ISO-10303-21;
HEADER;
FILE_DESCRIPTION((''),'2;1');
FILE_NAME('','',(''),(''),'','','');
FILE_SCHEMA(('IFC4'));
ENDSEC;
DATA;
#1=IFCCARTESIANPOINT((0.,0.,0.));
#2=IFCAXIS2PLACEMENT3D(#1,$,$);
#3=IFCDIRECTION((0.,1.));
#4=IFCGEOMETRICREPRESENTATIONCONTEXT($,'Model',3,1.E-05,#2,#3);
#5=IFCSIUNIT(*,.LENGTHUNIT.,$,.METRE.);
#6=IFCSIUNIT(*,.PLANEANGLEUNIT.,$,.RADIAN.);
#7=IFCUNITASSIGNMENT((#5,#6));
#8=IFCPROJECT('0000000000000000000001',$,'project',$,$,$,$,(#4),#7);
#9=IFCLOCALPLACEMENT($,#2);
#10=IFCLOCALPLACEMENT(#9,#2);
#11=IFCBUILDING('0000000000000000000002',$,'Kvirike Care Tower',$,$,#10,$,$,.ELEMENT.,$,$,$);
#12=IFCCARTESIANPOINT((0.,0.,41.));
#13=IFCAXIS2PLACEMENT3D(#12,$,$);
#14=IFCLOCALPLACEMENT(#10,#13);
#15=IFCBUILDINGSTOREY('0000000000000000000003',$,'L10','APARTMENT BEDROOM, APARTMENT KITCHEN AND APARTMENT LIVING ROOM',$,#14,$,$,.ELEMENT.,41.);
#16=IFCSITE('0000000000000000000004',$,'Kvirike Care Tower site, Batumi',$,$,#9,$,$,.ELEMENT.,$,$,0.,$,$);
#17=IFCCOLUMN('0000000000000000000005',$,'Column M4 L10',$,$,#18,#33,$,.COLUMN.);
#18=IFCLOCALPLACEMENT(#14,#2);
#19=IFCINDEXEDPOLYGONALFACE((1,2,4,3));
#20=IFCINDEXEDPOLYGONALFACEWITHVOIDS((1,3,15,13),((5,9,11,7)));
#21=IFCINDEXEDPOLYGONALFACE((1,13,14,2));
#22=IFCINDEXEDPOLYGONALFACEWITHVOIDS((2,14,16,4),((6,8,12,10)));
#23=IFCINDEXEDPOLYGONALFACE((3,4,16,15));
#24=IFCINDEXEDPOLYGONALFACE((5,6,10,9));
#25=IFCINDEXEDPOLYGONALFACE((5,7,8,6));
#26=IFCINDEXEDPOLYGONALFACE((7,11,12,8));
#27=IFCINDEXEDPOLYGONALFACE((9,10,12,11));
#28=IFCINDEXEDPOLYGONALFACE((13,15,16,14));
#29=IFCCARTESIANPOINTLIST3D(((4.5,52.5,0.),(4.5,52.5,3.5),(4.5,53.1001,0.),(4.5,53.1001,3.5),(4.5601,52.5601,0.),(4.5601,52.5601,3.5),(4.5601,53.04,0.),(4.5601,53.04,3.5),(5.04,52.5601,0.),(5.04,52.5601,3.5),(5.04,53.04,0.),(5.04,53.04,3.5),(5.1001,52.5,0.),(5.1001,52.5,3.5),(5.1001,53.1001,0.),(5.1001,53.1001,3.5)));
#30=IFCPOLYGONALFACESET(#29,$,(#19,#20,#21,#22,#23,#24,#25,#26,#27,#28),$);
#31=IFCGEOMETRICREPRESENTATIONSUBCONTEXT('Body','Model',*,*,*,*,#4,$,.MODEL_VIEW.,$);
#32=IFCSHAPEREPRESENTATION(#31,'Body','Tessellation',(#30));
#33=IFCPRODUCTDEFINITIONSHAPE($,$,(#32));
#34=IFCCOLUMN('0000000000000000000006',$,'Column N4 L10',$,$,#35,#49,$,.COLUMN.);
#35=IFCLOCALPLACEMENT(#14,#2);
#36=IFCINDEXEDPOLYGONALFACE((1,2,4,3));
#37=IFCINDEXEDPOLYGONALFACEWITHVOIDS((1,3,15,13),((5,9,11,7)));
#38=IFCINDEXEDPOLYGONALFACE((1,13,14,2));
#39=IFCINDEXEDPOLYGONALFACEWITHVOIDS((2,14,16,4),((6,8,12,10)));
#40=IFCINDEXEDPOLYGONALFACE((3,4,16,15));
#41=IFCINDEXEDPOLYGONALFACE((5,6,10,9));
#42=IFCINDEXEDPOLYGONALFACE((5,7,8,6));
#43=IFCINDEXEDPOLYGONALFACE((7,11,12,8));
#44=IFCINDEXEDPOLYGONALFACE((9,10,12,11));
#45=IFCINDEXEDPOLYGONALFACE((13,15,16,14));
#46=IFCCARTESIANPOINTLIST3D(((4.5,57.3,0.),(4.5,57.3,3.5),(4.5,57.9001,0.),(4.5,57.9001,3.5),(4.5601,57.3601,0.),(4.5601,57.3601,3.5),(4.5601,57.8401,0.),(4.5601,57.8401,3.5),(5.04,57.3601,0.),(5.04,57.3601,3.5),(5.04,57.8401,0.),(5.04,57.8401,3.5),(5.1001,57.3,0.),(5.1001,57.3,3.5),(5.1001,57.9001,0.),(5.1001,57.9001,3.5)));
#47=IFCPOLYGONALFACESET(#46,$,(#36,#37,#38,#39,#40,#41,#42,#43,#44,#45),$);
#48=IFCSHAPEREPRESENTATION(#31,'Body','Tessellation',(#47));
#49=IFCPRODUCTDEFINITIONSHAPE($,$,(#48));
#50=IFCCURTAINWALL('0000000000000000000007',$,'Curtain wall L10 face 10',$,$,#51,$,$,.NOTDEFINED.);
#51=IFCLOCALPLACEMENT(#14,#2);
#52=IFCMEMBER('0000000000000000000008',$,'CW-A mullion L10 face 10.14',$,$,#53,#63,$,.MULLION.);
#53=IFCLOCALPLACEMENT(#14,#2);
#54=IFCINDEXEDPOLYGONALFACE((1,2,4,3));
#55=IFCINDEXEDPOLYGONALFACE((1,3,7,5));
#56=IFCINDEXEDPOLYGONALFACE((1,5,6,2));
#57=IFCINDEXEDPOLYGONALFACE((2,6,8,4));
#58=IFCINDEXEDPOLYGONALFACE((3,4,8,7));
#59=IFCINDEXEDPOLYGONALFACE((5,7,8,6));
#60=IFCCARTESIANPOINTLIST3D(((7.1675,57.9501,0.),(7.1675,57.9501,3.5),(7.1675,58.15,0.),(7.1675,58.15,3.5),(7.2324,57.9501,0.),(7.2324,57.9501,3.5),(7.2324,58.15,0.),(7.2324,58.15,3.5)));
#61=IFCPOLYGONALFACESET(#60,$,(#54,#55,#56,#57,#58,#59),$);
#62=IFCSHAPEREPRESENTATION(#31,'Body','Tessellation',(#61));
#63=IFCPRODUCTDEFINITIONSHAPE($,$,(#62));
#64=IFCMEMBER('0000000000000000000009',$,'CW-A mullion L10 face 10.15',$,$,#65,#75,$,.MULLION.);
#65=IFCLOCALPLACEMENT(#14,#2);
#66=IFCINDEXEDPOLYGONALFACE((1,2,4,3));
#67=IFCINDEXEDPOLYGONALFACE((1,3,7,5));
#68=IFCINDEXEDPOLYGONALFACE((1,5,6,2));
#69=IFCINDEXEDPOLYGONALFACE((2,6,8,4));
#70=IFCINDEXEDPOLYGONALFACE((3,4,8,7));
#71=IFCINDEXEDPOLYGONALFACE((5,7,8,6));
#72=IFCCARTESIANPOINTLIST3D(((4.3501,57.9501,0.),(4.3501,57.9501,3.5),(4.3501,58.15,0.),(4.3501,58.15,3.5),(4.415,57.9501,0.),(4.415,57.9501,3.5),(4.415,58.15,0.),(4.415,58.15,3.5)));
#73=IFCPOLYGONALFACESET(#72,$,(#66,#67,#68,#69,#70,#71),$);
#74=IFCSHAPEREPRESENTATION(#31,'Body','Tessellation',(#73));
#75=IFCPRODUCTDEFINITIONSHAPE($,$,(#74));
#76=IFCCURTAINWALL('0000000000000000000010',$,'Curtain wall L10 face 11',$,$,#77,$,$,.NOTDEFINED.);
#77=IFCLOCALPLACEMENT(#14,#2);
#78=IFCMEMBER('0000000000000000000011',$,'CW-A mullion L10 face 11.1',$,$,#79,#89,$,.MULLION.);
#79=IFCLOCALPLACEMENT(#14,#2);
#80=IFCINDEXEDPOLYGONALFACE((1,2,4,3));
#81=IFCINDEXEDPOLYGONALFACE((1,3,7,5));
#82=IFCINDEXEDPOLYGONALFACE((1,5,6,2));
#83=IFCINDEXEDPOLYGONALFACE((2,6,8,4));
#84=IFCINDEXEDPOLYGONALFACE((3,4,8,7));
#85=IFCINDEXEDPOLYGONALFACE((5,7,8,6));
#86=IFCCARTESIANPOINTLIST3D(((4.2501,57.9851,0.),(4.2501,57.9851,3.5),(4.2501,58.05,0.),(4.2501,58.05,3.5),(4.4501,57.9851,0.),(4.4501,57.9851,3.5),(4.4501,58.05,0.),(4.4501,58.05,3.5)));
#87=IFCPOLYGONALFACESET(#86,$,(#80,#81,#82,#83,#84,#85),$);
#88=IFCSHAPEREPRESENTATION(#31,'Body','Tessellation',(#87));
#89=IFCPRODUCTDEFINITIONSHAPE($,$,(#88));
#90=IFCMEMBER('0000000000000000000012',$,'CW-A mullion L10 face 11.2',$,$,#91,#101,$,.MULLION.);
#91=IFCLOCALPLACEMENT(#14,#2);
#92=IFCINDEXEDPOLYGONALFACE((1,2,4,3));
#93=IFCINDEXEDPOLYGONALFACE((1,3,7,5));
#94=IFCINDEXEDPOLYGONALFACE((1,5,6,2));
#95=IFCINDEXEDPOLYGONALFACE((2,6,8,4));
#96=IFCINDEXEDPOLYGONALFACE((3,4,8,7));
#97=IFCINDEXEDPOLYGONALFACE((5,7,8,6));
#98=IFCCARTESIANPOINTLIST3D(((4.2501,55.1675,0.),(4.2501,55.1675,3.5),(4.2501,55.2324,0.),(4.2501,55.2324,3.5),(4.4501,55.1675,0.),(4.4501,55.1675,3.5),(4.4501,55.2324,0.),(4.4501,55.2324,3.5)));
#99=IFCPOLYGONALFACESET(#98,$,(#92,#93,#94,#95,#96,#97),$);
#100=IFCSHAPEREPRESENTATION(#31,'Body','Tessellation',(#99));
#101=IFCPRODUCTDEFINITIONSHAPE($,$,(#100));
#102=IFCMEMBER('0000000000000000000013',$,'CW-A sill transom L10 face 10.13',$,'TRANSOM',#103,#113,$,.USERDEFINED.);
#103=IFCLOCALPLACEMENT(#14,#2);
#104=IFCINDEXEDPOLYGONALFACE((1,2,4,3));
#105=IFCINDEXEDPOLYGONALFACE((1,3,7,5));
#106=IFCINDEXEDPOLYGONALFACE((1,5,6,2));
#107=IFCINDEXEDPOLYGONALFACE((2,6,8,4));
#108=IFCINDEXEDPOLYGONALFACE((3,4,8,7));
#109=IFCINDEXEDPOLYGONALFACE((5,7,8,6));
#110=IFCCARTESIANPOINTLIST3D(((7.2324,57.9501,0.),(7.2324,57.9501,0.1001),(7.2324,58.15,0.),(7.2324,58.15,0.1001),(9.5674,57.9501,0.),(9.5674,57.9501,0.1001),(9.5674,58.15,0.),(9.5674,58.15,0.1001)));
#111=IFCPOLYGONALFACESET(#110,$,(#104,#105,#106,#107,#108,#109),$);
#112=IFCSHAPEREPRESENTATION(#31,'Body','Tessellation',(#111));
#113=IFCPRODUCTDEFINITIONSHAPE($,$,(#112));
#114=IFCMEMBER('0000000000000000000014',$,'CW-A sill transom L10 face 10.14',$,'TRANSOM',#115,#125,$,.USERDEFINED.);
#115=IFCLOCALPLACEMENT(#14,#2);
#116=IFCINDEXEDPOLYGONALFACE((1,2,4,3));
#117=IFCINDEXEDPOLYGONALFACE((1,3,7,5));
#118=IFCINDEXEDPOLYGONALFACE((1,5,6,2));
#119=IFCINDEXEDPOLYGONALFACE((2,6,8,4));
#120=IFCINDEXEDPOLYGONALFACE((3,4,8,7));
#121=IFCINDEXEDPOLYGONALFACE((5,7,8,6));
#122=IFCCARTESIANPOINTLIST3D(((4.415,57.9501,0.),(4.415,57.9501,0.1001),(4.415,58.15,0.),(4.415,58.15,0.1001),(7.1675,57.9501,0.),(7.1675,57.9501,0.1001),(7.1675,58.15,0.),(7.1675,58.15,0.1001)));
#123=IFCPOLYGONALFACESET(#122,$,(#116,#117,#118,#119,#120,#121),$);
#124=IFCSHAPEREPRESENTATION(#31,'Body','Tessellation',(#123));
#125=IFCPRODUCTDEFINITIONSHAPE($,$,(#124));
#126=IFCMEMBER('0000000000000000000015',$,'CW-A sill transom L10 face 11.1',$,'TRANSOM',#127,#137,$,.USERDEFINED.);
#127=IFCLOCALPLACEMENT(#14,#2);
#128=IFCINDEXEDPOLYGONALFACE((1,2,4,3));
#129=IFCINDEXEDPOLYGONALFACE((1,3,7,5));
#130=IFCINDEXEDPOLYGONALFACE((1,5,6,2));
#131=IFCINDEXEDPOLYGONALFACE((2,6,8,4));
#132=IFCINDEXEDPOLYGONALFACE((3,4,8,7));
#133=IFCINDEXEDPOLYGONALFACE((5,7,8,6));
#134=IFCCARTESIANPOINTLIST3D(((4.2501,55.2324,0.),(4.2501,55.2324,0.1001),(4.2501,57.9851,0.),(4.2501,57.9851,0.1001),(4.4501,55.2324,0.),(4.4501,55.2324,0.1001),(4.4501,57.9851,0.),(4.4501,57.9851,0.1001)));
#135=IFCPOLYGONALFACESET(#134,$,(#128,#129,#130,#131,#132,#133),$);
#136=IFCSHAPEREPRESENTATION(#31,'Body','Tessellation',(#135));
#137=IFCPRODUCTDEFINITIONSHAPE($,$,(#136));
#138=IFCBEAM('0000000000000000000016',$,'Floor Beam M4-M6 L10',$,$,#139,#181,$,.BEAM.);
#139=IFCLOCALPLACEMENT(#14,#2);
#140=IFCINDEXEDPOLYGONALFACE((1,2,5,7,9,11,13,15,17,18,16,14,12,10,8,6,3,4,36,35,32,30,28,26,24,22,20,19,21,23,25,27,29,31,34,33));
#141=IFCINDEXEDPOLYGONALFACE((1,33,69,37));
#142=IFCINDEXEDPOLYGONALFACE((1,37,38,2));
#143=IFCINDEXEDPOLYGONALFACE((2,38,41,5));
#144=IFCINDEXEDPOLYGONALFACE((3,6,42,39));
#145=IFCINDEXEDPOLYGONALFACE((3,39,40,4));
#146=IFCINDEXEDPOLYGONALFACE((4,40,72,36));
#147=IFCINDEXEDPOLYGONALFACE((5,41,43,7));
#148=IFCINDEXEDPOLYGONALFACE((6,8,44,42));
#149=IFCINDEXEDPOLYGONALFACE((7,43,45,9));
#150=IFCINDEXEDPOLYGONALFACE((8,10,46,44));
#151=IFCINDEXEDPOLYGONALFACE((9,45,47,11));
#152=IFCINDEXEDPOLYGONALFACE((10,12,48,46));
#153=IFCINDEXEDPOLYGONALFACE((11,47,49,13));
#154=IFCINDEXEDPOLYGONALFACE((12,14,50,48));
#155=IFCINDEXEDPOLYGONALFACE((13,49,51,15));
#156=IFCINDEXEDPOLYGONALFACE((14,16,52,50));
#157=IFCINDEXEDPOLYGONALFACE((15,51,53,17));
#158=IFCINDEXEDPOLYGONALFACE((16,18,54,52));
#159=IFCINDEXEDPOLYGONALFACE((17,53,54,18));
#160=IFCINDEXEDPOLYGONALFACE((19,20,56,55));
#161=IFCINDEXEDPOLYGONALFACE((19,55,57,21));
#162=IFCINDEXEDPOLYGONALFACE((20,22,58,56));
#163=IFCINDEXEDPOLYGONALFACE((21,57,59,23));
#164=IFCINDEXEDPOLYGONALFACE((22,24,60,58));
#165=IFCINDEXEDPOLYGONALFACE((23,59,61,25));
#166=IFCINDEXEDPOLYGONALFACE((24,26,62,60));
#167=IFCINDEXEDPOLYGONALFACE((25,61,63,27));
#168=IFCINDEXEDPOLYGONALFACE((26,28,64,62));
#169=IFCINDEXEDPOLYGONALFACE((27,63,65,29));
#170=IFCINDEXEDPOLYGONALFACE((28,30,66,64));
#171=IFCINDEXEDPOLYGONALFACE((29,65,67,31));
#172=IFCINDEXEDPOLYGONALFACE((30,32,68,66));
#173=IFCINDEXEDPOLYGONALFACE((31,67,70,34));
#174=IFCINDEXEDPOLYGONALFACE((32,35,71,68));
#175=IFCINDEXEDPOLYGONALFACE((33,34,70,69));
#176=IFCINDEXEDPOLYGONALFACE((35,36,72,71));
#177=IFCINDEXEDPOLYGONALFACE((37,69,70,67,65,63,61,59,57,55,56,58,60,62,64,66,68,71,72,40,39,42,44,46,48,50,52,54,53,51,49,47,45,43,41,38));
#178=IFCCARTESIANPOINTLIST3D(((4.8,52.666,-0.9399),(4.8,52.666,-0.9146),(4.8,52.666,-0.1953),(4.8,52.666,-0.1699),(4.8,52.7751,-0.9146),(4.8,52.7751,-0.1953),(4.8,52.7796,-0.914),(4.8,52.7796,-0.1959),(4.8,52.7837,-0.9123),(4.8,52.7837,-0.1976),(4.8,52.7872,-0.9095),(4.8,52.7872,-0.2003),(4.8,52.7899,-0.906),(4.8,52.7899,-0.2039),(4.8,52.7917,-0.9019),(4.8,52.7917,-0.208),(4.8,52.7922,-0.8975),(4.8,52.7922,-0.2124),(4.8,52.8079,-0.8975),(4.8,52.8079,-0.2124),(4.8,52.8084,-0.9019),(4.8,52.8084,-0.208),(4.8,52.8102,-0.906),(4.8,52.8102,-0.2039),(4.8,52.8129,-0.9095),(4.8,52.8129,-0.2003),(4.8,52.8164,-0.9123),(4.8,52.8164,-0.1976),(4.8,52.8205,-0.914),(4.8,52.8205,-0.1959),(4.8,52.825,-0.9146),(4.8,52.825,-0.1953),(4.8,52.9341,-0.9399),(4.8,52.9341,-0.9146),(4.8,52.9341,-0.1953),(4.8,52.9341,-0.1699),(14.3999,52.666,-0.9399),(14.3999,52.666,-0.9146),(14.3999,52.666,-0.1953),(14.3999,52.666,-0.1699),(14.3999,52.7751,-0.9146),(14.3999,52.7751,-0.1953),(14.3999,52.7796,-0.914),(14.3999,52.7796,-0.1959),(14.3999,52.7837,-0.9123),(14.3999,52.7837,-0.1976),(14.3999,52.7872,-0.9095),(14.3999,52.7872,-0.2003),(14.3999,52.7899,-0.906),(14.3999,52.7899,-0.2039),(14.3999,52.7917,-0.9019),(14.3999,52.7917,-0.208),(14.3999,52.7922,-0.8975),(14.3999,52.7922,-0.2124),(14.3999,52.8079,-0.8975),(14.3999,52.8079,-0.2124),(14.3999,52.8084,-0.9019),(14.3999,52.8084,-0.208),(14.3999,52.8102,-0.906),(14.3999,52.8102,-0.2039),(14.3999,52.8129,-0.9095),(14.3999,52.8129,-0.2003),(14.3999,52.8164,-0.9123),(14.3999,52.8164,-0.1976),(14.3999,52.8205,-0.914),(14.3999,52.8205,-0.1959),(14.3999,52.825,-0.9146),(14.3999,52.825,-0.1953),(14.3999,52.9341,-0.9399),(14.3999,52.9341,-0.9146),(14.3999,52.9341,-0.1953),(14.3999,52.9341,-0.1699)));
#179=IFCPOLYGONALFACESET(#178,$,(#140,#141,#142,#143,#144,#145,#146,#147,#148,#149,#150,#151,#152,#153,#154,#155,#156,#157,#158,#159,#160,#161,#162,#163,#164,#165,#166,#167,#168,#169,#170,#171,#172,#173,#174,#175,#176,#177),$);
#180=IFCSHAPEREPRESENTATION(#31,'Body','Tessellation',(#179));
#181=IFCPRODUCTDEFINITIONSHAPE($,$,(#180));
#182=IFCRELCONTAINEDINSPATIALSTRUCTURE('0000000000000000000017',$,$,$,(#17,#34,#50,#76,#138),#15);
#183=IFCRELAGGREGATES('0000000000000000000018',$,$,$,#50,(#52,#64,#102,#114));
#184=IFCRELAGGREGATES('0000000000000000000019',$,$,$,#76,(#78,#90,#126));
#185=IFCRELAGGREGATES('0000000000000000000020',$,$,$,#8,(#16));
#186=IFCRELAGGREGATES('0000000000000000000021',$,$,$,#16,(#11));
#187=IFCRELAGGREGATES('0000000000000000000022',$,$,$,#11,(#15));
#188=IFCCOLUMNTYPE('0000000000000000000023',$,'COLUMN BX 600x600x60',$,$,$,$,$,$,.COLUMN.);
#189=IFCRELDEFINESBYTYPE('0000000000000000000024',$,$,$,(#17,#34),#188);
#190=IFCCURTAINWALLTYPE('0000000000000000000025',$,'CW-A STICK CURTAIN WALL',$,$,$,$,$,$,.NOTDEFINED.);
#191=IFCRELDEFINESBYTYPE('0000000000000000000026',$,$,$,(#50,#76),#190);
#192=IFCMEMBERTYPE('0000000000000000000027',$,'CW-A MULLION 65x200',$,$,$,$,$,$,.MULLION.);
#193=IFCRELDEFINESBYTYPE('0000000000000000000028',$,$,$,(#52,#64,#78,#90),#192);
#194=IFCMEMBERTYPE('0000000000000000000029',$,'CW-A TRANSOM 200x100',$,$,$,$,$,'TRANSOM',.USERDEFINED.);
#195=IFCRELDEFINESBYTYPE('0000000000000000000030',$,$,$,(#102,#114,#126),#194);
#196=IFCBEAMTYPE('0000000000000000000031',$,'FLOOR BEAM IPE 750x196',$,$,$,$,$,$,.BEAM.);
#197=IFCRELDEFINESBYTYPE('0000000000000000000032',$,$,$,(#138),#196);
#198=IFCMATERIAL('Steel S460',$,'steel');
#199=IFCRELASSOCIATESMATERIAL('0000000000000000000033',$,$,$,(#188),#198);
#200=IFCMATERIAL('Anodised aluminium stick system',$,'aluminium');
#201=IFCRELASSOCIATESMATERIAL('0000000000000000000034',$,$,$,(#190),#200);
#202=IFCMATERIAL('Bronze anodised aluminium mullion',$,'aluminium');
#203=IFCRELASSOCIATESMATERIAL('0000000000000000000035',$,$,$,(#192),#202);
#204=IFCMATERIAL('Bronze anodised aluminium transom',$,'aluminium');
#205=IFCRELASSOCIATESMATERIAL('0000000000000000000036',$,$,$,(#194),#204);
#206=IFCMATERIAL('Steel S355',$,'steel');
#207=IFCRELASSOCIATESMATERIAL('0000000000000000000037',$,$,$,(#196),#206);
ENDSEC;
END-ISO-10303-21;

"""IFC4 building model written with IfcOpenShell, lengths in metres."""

from ifc_helpers import new_model, si_unit, direction, frame, origin, origin_2d, place, context, subcontext, project, spatial, rectangle, hollow_rectangle, i_section, extrude, material, material_profile, profile_set, type_object, element, aggregate, save


model = new_model("IFC4")

# Units and contexts
model_context = context("Model", 3, precision=1e-05, world=origin(), true_north=direction((0.0, 1.0)))
body_context = subcontext(model_context, "Body", "Model", "MODEL_VIEW")
ifc_project = project(units=[si_unit("LENGTHUNIT", "METRE"), si_unit("PLANEANGLEUNIT", "RADIAN")], contexts=[model_context])

# Site, building, storey
site_placement = place(None, origin())
site = spatial("IfcSite", under=ifc_project, at=site_placement, Name="Kvirike Care Tower site, Batumi", CompositionType="ELEMENT", RefElevation=0.0)
building_placement = place(site_placement, origin())
building = spatial("IfcBuilding", under=site, at=building_placement, Name="Kvirike Care Tower", CompositionType="ELEMENT")
storey_placement = place(building_placement, frame((0.0, 0.0, 41.0)))
storey = spatial("IfcBuildingStorey", under=building, at=storey_placement, Name="L10", Description="APARTMENT BEDROOM, APARTMENT KITCHEN AND APARTMENT LIVING ROOM", CompositionType="ELEMENT", Elevation=41.0)

# Columns
ifc_material_1 = material(Name="Steel S460", Category="steel")
ifc_material_profile_1 = material_profile(ifc_material_1, hollow_rectangle(XDim=0.6001, YDim=0.6001, WallThickness=0.0601, at=origin_2d()), Name="BX 600x600x60")
ifc_profile_set_1 = profile_set([ifc_material_profile_1], Name="Steel S460")
column_type = type_object("IfcColumnType", Name="COLUMN BX 600x600x60", PredefinedType="COLUMN", material=ifc_profile_set_1)
for number, where, z_axis, x_axis, name in (
    (1, (4.8, 52.8, 0.0), (0.0, 0.0, 1.0), (0.0, 1.0, 0.0), "Column M4 L10"),
    (2, (4.8, 57.6001, 0.0), (0.0, 0.0, 1.0), (0.0, 1.0, 0.0), "Column N4 L10"),
):
    element("IfcColumn", number, at=place(storey_placement, frame(where, z_axis=z_axis, x_axis=x_axis)), inside=storey, type_object=column_type, Name=name, PredefinedType="COLUMN", context=body_context, shape_type="SweptSolid", body=[
        extrude(hollow_rectangle(XDim=0.6001, YDim=0.6001, WallThickness=0.0601, at=origin_2d()), origin(), (0.0, 0.0, 1.0), 3.5),
    ])

# Curtain walls, members
ifc_material_2 = material(Name="Anodised aluminium stick system", Category="aluminium")
curtain_wall_type = type_object("IfcCurtainWallType", Name="CW-A STICK CURTAIN WALL", PredefinedType="NOTDEFINED", material=ifc_material_2)
curtain_wall_1_placement = place(storey_placement, origin())
curtain_wall_1 = element("IfcCurtainWall", 3, at=curtain_wall_1_placement, inside=storey, type_object=curtain_wall_type, Name="Curtain wall L10 face 10", PredefinedType="NOTDEFINED")
ifc_material_3 = material(Name="Bronze anodised aluminium mullion", Category="aluminium")
ifc_material_profile_2 = material_profile(ifc_material_3, rectangle(XDim=0.0649, YDim=0.2, at=origin_2d()), Name="CW-A MULLION 65x200")
ifc_profile_set_2 = profile_set([ifc_material_profile_2], Name="Bronze anodised aluminium mullion")
member_type_1 = type_object("IfcMemberType", Name="CW-A MULLION 65x200", PredefinedType="MULLION", material=ifc_profile_set_2)
member_1_placement = place(storey_placement, frame((7.2, 58.05, 0.0), z_axis=(0.0, 0.0, 1.0), x_axis=(-1.0, 0.0, 0.0)))
member_1 = element("IfcMember", 4, at=member_1_placement, type_object=member_type_1, Name="CW-A mullion L10 face 10.14", PredefinedType="MULLION", context=body_context, shape_type="SweptSolid", body=[
    extrude(rectangle(XDim=0.0649, YDim=0.2, at=origin_2d()), origin(), (0.0, 0.0, 1.0), 3.5),
])
member_2_placement = place(storey_placement, frame((4.3826, 58.05, 0.0), z_axis=(0.0, 0.0, 1.0), x_axis=(-1.0, 0.0, 0.0)))
member_2 = element("IfcMember", 5, at=member_2_placement, type_object=member_type_1, Name="CW-A mullion L10 face 10.15", PredefinedType="MULLION", context=body_context, shape_type="SweptSolid", body=[
    extrude(rectangle(XDim=0.0649, YDim=0.2, at=origin_2d()), origin(), (0.0, 0.0, 1.0), 3.5),
])
curtain_wall_2_placement = place(storey_placement, origin())
curtain_wall_2 = element("IfcCurtainWall", 6, at=curtain_wall_2_placement, inside=storey, type_object=curtain_wall_type, Name="Curtain wall L10 face 11", PredefinedType="NOTDEFINED")
member_3_placement = place(storey_placement, frame((4.3501, 58.0176, 0.0), z_axis=(0.0, 0.0, 1.0), x_axis=(0.0, -1.0, 0.0)))
member_3 = element("IfcMember", 7, at=member_3_placement, type_object=member_type_1, Name="CW-A mullion L10 face 11.1", PredefinedType="MULLION", context=body_context, shape_type="SweptSolid", body=[
    extrude(rectangle(XDim=0.0649, YDim=0.2, at=origin_2d()), origin(), (0.0, 0.0, 1.0), 3.5),
])
member_4_placement = place(storey_placement, frame((4.3501, 55.2, 0.0), z_axis=(0.0, 0.0, 1.0), x_axis=(0.0, -1.0, 0.0)))
member_4 = element("IfcMember", 8, at=member_4_placement, type_object=member_type_1, Name="CW-A mullion L10 face 11.2", PredefinedType="MULLION", context=body_context, shape_type="SweptSolid", body=[
    extrude(rectangle(XDim=0.0649, YDim=0.2, at=origin_2d()), origin(), (0.0, 0.0, 1.0), 3.5),
])

# Members
ifc_material_4 = material(Name="Bronze anodised aluminium transom", Category="aluminium")
ifc_material_profile_3 = material_profile(ifc_material_4, rectangle(XDim=0.2, YDim=0.1001, at=origin_2d()), Name="CW-A TRANSOM 200x100")
ifc_profile_set_3 = profile_set([ifc_material_profile_3], Name="Bronze anodised aluminium transom")
member_type_2 = type_object("IfcMemberType", Name="CW-A TRANSOM 200x100", ElementType="TRANSOM", PredefinedType="USERDEFINED", material=ifc_profile_set_3)
member_5_placement = place(storey_placement, frame((9.5674, 58.05, 0.05), z_axis=(-1.0, 0.0, 0.0), x_axis=(0.0, -1.0, 0.0)))
member_5 = element("IfcMember", 9, at=member_5_placement, type_object=member_type_2, Name="CW-A sill transom L10 face 10.13", ObjectType="TRANSOM", PredefinedType="USERDEFINED", context=body_context, shape_type="SweptSolid", body=[
    extrude(rectangle(XDim=0.2, YDim=0.1001, at=origin_2d()), origin(), (0.0, 0.0, 1.0), 2.335),
])
member_6_placement = place(storey_placement, frame((7.1675, 58.05, 0.05), z_axis=(-1.0, 0.0, 0.0), x_axis=(0.0, -1.0, 0.0)))
member_6 = element("IfcMember", 10, at=member_6_placement, type_object=member_type_2, Name="CW-A sill transom L10 face 10.14", ObjectType="TRANSOM", PredefinedType="USERDEFINED", context=body_context, shape_type="SweptSolid", body=[
    extrude(rectangle(XDim=0.2, YDim=0.1001, at=origin_2d()), origin(), (0.0, 0.0, 1.0), 2.7524),
])
member_7_placement = place(storey_placement, frame((4.3501, 57.9851, 0.05), z_axis=(0.0, -1.0, 0.0), x_axis=(1.0, 0.0, 0.0)))
member_7 = element("IfcMember", 11, at=member_7_placement, type_object=member_type_2, Name="CW-A sill transom L10 face 11.1", ObjectType="TRANSOM", PredefinedType="USERDEFINED", context=body_context, shape_type="SweptSolid", body=[
    extrude(rectangle(XDim=0.2, YDim=0.1001, at=origin_2d()), origin(), (0.0, 0.0, 1.0), 2.7527),
])

# Beam
ifc_material_5 = material(Name="Steel S355", Category="steel")
ifc_material_profile_4 = material_profile(ifc_material_5, i_section(OverallWidth=0.2681, OverallDepth=0.77, WebThickness=0.0156, FlangeThickness=0.0254, FilletRadius=0.0171, at=origin_2d()), Name="IPE 750x196")
ifc_profile_set_4 = profile_set([ifc_material_profile_4], Name="Steel S355")
beam_type_1 = type_object("IfcBeamType", Name="FLOOR BEAM IPE 750x196", PredefinedType="BEAM", material=ifc_profile_set_4)
beam_placement = place(storey_placement, frame((4.8, 52.8, -0.5549), z_axis=(1.0, 0.0, 0.0), x_axis=(0.0, 1.0, 0.0)))
element("IfcBeam", 12, at=beam_placement, inside=storey, type_object=beam_type_1, Name="Floor Beam M4-M6 L10", PredefinedType="BEAM", context=body_context, shape_type="SweptSolid", body=[
    extrude(i_section(OverallWidth=0.2681, OverallDepth=0.77, WebThickness=0.0156, FlangeThickness=0.0254, FilletRadius=0.0171, at=origin_2d()), origin(), (0.0, 0.0, 1.0), 9.5999),
])

aggregate(curtain_wall_1, [member_1, member_2, member_5, member_6])
aggregate(curtain_wall_2, [member_3, member_4, member_7])

save(model, "model.ifc")
